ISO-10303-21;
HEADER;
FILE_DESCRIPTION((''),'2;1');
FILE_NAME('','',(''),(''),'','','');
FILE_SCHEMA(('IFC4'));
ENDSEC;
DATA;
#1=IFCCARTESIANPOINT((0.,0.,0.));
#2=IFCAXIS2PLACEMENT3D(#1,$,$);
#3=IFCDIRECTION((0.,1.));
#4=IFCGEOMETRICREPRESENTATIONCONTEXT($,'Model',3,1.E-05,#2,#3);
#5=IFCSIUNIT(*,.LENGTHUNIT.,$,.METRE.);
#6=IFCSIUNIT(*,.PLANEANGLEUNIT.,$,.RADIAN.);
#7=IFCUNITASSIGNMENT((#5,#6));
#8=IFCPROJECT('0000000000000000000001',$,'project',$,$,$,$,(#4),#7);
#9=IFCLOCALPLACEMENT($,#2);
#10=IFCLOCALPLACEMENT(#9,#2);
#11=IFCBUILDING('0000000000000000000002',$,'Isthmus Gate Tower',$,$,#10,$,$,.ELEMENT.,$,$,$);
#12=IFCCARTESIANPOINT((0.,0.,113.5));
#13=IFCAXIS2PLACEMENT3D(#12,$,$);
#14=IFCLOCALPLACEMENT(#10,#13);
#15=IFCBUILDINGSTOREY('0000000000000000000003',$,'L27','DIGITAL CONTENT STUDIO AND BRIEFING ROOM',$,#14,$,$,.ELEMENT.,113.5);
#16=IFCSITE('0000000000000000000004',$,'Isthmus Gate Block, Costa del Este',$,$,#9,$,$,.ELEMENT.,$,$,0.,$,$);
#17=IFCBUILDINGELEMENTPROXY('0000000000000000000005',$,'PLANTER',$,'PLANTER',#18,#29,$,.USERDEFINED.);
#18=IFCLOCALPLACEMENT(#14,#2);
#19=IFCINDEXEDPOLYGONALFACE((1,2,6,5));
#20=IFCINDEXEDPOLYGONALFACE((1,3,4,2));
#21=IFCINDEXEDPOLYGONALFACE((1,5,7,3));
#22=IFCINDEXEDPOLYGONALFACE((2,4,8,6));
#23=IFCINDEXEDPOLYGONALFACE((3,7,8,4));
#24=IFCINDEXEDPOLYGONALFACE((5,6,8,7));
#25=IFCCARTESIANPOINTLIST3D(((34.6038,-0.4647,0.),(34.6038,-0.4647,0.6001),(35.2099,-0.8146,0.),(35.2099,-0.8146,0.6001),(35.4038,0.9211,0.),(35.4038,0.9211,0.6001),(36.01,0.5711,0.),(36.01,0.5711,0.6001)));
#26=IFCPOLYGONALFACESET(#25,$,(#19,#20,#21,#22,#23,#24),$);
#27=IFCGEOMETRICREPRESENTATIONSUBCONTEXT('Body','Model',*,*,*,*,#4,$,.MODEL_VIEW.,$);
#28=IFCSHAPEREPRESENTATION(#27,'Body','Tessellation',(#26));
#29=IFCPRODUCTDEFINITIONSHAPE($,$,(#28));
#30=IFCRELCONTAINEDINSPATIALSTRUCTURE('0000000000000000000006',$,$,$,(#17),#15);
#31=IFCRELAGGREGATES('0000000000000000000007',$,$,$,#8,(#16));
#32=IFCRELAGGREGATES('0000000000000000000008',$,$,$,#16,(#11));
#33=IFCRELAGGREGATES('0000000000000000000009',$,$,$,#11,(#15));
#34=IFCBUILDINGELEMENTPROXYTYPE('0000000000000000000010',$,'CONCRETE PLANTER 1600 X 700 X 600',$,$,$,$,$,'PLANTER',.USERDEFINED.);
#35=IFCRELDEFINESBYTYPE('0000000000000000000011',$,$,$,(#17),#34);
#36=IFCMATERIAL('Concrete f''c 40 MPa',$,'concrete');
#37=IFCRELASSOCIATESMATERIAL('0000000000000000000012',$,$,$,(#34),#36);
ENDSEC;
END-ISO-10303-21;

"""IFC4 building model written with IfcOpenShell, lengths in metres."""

from ifc_helpers import new_model, si_unit, direction, frame, origin, origin_2d, place, context, subcontext, project, spatial, rectangle, extrude, material, type_object, element, save


model = new_model("IFC4")

# Units and contexts
model_context = context("Model", 3, precision=1e-05, world=origin(), true_north=direction((0.0, 1.0)))
body_context = subcontext(model_context, "Body", "Model", "MODEL_VIEW")
ifc_project = project(units=[si_unit("LENGTHUNIT", "METRE"), si_unit("PLANEANGLEUNIT", "RADIAN")], contexts=[model_context])

# Site, building, storey
site_placement = place(None, origin())
site = spatial("IfcSite", under=ifc_project, at=site_placement, Name="Isthmus Gate Block, Costa del Este", CompositionType="ELEMENT", RefElevation=0.0)
building_placement = place(site_placement, origin())
building = spatial("IfcBuilding", under=site, at=building_placement, Name="Isthmus Gate Tower", CompositionType="ELEMENT")
storey_placement = place(building_placement, frame((0.0, 0.0, 113.5)))
storey = spatial("IfcBuildingStorey", under=building, at=storey_placement, Name="L27", Description="DIGITAL CONTENT STUDIO AND BRIEFING ROOM", CompositionType="ELEMENT", Elevation=113.5)

# Building element proxy
ifc_material_1 = material(Name="Concrete f'c 40 MPa", Category="concrete")
building_element_proxy_type = type_object("IfcBuildingElementProxyType", Name="CONCRETE PLANTER 1600 X 700 X 600", ElementType="PLANTER", PredefinedType="USERDEFINED", material=ifc_material_1)
for number, where, z_axis, x_axis, name in (
    (1, (35.3069, 0.0532, 0.0), (0.0, 0.0, 1.0), (0.5, 0.866025, 0.0), "PLANTER"),
):
    element("IfcBuildingElementProxy", number, at=place(storey_placement, frame(where, z_axis=z_axis, x_axis=x_axis)), inside=storey, type_object=building_element_proxy_type, Name=name, ObjectType="PLANTER", PredefinedType="USERDEFINED", context=body_context, shape_type="SweptSolid", body=[
        extrude(rectangle(XDim=1.6001, YDim=0.7, at=origin_2d()), origin(), (0.0, 0.0, 1.0), 0.6001),
    ])

save(model, "model.ifc")
